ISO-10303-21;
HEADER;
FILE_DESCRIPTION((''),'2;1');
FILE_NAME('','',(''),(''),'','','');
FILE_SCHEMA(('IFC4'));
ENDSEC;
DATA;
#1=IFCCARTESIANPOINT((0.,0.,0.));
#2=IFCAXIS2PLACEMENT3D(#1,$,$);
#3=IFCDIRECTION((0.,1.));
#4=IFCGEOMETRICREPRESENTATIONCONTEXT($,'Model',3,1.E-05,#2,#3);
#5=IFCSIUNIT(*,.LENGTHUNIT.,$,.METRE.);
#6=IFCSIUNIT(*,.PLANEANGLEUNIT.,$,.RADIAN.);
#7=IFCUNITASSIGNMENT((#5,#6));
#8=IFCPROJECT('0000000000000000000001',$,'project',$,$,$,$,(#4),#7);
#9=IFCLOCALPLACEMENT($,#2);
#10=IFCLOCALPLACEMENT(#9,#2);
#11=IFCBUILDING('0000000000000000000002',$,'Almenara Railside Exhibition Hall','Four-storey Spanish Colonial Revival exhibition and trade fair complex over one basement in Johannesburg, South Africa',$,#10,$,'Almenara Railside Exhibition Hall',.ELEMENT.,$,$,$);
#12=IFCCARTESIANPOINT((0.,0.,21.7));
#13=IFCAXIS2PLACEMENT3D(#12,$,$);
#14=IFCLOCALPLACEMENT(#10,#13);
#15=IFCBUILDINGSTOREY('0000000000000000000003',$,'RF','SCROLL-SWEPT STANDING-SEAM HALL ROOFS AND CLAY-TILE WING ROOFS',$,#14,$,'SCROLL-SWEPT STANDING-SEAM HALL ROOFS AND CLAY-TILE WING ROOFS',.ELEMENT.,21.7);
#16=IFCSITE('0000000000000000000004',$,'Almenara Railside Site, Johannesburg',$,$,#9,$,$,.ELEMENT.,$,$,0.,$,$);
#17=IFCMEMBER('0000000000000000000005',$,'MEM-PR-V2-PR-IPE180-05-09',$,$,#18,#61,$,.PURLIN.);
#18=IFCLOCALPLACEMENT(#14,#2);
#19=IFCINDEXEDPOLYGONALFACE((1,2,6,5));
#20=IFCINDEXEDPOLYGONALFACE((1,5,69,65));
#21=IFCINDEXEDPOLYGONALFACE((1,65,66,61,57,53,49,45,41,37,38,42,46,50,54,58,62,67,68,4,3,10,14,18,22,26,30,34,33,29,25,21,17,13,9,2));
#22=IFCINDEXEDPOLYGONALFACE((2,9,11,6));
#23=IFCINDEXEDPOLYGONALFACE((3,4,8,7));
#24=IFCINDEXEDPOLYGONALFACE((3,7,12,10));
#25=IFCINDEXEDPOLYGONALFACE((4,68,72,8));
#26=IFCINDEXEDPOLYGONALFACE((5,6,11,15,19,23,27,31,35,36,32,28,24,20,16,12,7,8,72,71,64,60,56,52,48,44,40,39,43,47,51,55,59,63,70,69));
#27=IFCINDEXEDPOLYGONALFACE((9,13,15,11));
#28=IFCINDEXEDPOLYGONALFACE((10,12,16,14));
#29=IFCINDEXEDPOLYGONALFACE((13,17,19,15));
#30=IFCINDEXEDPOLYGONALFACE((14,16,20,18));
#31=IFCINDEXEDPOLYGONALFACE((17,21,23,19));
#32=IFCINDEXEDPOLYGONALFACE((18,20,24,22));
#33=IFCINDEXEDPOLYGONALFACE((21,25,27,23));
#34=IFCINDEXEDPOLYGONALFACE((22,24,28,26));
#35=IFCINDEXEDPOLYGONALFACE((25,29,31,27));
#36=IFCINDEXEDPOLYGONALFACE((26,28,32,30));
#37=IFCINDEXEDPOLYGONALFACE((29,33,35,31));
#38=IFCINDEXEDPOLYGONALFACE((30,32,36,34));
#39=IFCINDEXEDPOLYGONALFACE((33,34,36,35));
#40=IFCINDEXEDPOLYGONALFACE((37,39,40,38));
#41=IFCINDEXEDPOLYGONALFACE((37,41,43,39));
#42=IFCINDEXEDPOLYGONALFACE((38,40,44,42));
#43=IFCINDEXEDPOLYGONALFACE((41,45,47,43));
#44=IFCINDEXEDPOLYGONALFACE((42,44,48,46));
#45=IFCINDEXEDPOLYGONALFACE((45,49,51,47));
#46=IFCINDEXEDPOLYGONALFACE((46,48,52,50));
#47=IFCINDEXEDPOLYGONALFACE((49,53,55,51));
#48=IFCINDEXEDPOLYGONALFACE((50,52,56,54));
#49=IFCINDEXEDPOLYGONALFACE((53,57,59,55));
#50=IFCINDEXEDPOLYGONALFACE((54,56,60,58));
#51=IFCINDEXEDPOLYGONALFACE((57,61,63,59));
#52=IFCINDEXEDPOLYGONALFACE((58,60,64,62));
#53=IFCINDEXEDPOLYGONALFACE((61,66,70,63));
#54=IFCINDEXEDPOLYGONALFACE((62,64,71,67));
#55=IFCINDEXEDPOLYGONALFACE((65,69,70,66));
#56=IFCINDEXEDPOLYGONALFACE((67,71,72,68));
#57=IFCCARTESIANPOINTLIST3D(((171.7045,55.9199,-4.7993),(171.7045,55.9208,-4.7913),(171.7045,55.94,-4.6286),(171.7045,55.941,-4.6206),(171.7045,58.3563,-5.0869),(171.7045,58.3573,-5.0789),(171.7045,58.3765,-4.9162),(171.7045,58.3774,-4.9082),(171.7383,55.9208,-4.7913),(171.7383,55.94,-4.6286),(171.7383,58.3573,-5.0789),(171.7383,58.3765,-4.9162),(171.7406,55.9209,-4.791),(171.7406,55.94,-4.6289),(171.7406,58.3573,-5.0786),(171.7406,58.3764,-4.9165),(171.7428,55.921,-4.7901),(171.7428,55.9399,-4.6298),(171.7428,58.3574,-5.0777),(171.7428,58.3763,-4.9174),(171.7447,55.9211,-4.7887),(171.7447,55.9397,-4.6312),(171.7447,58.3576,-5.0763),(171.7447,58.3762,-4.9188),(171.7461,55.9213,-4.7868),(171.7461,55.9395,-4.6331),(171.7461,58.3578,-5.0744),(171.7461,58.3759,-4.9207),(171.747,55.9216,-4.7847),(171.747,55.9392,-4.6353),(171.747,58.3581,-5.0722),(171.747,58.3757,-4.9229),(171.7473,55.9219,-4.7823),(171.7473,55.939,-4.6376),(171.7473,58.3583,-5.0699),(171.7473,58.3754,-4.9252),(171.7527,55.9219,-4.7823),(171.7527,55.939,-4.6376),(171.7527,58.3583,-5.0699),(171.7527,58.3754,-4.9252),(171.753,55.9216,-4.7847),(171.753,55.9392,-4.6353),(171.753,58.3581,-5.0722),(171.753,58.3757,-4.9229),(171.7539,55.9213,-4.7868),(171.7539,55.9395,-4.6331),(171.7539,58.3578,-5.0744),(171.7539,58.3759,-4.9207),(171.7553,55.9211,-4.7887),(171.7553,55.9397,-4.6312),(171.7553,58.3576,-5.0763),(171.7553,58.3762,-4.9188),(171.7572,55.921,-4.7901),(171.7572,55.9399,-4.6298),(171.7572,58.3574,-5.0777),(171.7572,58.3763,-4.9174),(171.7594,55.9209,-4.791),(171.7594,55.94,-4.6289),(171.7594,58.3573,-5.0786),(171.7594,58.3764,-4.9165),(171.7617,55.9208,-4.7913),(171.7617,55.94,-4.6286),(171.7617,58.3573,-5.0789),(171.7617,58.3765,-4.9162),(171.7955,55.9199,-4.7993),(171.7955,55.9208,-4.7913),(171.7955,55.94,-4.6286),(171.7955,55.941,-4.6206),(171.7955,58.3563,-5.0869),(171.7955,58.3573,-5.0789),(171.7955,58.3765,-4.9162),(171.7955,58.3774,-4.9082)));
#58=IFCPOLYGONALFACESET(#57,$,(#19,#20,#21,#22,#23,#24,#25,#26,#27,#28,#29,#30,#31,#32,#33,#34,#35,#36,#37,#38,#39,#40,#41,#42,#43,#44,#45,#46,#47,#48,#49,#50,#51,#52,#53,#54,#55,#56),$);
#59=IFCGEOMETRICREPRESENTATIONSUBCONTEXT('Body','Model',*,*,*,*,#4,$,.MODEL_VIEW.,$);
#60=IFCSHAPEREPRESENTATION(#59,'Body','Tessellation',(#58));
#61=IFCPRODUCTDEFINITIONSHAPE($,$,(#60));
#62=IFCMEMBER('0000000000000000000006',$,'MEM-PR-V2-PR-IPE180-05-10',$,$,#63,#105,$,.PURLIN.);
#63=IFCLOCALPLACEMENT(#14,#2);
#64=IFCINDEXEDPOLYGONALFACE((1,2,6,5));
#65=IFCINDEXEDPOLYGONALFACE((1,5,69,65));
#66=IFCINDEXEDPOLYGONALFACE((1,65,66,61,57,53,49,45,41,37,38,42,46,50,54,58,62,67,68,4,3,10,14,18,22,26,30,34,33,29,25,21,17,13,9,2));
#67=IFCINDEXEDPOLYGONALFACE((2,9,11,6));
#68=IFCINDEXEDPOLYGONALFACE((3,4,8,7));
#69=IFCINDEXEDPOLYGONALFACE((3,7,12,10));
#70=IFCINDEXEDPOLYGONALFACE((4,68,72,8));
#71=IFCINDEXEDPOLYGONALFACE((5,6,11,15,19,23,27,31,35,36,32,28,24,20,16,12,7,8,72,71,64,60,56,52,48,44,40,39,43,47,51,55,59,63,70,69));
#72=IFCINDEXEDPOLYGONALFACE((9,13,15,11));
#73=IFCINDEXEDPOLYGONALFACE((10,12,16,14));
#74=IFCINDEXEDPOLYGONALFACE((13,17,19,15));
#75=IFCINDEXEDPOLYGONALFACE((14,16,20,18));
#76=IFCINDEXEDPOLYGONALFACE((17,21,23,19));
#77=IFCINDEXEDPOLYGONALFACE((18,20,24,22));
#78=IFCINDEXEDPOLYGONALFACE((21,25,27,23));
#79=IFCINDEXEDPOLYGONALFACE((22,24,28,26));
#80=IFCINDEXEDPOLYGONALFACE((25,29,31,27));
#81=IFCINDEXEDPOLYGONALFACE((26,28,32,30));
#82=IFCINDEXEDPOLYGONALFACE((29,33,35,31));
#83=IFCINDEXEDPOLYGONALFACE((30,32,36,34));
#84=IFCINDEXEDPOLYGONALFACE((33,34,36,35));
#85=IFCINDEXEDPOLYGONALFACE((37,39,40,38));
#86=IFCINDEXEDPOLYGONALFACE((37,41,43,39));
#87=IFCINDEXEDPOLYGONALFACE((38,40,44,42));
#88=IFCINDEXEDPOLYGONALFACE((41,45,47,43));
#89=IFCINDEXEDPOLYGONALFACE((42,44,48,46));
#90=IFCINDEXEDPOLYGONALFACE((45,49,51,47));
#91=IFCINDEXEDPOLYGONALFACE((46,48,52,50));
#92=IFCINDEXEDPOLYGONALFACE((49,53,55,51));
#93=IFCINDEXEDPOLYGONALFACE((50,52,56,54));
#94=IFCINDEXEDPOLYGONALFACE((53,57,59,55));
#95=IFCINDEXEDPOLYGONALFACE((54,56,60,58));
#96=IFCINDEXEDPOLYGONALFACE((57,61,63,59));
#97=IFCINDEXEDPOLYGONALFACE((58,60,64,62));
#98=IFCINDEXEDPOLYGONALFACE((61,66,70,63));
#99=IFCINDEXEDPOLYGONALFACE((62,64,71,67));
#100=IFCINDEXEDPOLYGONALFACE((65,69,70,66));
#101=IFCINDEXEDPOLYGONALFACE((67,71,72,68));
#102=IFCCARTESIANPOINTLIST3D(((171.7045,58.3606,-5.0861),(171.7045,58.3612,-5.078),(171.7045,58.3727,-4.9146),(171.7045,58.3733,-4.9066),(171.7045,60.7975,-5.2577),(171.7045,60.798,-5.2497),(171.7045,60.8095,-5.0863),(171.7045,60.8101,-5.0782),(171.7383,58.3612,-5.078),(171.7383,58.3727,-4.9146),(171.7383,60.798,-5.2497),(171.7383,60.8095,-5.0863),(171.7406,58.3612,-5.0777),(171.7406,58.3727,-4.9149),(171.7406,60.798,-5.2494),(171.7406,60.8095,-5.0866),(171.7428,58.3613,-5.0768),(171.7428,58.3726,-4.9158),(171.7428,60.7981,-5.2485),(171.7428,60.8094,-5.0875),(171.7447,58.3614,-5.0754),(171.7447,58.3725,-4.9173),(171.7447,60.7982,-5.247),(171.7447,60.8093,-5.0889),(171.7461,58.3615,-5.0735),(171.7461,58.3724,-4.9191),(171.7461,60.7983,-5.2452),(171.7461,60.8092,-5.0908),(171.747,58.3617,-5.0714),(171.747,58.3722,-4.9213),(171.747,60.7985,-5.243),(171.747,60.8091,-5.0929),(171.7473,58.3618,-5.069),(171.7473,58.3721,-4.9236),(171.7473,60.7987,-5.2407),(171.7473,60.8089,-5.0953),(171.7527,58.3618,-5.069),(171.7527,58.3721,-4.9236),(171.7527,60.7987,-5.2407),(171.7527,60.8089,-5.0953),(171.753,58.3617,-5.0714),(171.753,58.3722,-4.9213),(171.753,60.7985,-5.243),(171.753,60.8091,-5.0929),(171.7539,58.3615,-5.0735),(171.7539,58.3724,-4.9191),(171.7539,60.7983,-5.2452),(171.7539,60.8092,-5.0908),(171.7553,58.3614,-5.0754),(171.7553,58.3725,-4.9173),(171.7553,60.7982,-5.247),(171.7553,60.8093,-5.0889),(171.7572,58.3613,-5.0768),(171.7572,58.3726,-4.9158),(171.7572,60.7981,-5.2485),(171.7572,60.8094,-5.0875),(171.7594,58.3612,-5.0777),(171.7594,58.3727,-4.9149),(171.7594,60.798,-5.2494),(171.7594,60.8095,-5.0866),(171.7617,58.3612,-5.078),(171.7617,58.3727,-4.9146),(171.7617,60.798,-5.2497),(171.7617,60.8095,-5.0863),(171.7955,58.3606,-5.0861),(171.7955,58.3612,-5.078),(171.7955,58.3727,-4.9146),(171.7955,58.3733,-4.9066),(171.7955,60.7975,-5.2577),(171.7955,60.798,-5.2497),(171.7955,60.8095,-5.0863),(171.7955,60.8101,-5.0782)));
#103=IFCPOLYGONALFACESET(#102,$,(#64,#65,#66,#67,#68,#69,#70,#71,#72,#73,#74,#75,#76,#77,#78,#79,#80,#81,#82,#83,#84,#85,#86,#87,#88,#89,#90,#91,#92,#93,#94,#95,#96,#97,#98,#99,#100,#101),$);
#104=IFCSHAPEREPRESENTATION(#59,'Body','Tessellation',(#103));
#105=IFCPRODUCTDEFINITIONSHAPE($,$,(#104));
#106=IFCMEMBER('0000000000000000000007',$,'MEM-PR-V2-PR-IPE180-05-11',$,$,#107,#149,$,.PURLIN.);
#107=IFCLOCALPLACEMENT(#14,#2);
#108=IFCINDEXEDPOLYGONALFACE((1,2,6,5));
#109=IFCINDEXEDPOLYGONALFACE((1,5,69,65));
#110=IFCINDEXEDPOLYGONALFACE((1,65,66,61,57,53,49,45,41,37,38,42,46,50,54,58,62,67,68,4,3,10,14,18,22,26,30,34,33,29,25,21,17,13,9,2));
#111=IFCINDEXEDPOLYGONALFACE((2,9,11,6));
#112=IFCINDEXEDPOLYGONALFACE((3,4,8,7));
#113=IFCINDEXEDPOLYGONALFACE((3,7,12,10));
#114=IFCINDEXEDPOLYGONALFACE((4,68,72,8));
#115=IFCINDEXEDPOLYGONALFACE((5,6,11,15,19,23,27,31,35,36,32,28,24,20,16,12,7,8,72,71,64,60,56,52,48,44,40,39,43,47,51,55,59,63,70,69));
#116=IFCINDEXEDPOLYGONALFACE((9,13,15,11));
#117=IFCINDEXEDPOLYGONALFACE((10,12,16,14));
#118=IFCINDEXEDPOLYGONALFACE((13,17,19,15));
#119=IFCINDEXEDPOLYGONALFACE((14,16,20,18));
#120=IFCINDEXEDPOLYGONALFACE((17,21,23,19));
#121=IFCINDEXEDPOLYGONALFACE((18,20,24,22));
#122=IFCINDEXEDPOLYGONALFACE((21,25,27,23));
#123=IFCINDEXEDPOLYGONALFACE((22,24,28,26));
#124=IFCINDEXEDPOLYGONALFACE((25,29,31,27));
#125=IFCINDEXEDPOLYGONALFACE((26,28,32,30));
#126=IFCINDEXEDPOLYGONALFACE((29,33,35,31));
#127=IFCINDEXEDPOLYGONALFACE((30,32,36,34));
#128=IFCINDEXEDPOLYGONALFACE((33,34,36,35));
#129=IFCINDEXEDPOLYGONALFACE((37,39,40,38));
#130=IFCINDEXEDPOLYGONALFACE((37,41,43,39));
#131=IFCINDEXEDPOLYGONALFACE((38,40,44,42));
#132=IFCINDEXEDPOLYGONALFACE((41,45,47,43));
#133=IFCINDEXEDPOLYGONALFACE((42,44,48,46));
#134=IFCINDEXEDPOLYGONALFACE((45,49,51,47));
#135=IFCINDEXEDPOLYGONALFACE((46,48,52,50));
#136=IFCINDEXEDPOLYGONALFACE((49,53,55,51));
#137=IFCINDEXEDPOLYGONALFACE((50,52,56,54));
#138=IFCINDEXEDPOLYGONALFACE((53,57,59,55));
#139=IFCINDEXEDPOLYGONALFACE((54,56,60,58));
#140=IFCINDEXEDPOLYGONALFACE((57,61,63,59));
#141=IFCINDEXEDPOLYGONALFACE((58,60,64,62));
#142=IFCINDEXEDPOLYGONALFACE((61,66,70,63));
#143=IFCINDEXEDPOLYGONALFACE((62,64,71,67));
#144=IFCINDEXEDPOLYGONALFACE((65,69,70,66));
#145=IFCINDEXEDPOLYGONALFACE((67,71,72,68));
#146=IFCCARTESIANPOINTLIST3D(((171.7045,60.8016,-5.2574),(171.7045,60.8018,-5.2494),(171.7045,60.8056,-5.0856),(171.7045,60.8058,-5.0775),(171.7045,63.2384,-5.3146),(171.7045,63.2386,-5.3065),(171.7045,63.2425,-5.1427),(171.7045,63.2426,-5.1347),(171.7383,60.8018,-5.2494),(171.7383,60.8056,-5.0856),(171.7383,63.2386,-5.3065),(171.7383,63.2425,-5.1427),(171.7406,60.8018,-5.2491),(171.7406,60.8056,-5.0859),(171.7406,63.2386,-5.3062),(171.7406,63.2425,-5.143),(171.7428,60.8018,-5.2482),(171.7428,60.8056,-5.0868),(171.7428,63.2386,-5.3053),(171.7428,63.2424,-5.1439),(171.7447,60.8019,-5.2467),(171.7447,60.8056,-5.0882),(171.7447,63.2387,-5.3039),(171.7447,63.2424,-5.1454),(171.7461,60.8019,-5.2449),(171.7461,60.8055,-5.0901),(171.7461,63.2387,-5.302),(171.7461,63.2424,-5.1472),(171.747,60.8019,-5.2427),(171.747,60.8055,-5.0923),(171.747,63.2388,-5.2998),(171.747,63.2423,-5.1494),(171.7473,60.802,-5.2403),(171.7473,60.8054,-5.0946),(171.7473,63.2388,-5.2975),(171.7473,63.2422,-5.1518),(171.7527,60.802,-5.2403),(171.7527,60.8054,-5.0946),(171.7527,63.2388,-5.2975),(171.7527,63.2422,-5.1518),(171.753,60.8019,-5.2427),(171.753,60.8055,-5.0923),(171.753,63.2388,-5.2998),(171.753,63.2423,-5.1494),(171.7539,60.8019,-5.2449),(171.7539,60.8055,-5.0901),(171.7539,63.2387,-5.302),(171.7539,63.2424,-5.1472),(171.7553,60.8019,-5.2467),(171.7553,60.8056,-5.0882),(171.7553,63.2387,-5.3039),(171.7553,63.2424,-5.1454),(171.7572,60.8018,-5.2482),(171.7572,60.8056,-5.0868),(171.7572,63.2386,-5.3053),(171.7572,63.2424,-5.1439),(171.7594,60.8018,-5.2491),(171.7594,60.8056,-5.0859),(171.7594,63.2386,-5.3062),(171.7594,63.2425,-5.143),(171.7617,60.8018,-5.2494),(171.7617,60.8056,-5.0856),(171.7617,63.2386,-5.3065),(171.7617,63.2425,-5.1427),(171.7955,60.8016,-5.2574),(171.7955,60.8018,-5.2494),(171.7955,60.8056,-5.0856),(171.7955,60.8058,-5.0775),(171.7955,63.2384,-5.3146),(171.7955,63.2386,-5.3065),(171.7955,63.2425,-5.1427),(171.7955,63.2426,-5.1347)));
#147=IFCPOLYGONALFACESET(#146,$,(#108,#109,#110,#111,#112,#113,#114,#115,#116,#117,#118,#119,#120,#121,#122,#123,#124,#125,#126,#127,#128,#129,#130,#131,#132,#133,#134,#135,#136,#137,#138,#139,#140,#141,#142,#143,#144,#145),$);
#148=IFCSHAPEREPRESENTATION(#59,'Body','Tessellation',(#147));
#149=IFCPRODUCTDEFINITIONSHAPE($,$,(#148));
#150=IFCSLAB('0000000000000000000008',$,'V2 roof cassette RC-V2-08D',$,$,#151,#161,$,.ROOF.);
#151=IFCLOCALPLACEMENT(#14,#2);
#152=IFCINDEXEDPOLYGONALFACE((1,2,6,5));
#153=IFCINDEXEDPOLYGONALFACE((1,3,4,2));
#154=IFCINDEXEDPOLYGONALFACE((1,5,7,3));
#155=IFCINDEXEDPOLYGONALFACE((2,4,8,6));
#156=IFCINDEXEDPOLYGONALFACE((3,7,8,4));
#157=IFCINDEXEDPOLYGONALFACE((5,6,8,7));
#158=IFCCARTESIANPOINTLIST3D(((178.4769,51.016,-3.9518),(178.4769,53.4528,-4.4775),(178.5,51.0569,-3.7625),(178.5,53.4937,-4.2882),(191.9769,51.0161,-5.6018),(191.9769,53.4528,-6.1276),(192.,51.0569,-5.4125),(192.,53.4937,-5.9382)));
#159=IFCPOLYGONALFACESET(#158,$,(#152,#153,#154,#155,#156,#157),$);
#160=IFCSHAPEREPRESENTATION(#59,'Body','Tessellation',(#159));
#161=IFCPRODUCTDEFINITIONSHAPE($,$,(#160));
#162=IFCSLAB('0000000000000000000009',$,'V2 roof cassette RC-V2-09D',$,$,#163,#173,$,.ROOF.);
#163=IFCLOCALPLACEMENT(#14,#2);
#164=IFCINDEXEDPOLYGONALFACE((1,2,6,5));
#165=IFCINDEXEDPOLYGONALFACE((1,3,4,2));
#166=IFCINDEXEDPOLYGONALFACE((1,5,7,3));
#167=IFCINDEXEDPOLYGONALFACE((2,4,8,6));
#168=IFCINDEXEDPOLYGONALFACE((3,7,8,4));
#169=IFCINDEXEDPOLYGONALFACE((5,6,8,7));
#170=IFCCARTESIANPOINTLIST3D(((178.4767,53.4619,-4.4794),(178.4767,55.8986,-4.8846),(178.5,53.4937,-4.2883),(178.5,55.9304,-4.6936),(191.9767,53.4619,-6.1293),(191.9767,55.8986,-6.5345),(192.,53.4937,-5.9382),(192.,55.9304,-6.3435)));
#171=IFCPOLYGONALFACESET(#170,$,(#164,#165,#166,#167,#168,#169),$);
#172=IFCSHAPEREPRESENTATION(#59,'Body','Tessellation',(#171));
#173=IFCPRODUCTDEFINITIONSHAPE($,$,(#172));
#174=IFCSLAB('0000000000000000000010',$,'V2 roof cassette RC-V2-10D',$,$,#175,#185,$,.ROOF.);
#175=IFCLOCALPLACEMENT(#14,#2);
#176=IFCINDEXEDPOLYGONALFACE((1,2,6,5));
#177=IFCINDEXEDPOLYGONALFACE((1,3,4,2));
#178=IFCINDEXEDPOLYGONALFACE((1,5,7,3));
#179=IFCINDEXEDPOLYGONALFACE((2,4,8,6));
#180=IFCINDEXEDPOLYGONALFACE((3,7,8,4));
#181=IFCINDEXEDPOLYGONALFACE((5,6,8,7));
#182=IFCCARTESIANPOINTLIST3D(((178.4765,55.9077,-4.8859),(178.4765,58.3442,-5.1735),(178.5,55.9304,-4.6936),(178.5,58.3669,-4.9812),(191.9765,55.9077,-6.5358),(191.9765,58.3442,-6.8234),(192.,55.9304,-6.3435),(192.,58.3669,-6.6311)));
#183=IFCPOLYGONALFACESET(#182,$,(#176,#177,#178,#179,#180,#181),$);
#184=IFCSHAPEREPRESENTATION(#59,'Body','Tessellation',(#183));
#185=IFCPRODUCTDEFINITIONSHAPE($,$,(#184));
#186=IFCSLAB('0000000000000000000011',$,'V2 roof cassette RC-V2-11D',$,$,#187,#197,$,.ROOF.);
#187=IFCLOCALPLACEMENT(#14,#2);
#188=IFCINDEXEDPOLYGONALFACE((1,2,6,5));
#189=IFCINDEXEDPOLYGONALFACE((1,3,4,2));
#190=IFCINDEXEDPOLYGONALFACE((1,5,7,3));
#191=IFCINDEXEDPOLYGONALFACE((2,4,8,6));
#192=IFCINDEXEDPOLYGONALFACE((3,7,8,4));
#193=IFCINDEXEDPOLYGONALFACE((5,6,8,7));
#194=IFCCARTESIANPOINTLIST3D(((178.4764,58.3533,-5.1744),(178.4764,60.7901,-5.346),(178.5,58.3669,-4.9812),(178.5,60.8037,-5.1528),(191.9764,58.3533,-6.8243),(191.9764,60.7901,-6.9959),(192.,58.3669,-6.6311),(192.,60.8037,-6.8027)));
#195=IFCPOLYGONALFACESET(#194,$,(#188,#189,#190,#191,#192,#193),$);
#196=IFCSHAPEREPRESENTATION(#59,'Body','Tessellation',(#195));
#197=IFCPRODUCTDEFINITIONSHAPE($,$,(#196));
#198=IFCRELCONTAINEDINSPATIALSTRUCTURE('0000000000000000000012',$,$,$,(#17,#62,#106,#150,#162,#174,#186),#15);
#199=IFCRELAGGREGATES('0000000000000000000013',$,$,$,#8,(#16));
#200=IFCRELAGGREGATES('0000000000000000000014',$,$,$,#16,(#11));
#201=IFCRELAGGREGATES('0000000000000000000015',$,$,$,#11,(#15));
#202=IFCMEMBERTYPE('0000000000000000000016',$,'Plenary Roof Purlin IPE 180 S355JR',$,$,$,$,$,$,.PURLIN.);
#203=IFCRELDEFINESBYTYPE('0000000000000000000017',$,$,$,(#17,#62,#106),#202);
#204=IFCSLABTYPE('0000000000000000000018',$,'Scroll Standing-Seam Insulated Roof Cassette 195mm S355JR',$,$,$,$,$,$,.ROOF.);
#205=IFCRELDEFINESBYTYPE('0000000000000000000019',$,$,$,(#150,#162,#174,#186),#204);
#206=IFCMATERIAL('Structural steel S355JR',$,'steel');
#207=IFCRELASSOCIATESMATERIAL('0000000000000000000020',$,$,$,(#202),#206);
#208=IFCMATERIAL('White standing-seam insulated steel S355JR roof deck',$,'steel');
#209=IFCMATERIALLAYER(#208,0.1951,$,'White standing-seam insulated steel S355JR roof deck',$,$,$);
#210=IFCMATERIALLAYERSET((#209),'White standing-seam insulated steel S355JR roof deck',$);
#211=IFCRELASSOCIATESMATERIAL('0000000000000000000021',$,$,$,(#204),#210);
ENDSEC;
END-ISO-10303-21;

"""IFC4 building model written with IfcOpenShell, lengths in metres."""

from ifc_helpers import new_model, si_unit, direction, frame, origin, origin_2d, place, context, subcontext, project, spatial, polyline, i_section, outline, extrude, material, layer, layer_set, material_profile, profile_set, type_object, element, save


model = new_model("IFC4")

# Units and contexts
model_context = context("Model", 3, precision=1e-05, world=origin(), true_north=direction((0.0, 1.0)))
body_context = subcontext(model_context, "Body", "Model", "MODEL_VIEW")
ifc_project = project(units=[si_unit("LENGTHUNIT", "METRE"), si_unit("PLANEANGLEUNIT", "RADIAN")], contexts=[model_context])

# Site, building, storey
site_placement = place(None, origin())
site = spatial("IfcSite", under=ifc_project, at=site_placement, Name="Almenara Railside Site, Johannesburg", CompositionType="ELEMENT", RefElevation=0.0)
building_placement = place(site_placement, origin())
building = spatial("IfcBuilding", under=site, at=building_placement, Name="Almenara Railside Exhibition Hall", Description="Four-storey Spanish Colonial Revival exhibition and trade fair complex over one basement in Johannesburg, South Africa", LongName="Almenara Railside Exhibition Hall", CompositionType="ELEMENT")
storey_placement = place(building_placement, frame((0.0, 0.0, 21.7)))
storey = spatial("IfcBuildingStorey", under=building, at=storey_placement, Name="RF", Description="SCROLL-SWEPT STANDING-SEAM HALL ROOFS AND CLAY-TILE WING ROOFS", LongName="SCROLL-SWEPT STANDING-SEAM HALL ROOFS AND CLAY-TILE WING ROOFS", CompositionType="ELEMENT", Elevation=21.7)

# Members
ifc_material_1 = material(Name="Structural steel S355JR", Category="steel")
ifc_material_profile_1 = material_profile(ifc_material_1, i_section(OverallWidth=0.0911, OverallDepth=0.1799, WebThickness=0.0054, FlangeThickness=0.0081, FilletRadius=0.009, at=origin_2d()), Name="IPE 180")
ifc_profile_set_1 = profile_set([ifc_material_profile_1], Name="Structural steel S355JR")
member_type_1 = type_object("IfcMemberType", Name="Plenary Roof Purlin IPE 180 S355JR", PredefinedType="PURLIN", material=ifc_profile_set_1)
member_1_placement = place(storey_placement, frame((171.75, 55.9304, -4.71), z_axis=(0.0, 0.993106, -0.117222), x_axis=(-1.0, 0.0, 0.0)))
element("IfcMember", 1, at=member_1_placement, inside=storey, type_object=member_type_1, Name="MEM-PR-V2-PR-IPE180-05-09", PredefinedType="PURLIN", context=body_context, shape_type="SweptSolid", body=[
    extrude(i_section(OverallWidth=0.0911, OverallDepth=0.1799, WebThickness=0.0054, FlangeThickness=0.0081, FilletRadius=0.009, at=origin_2d()), origin(), (0.0, 0.0, 1.0), 2.4534),
])
member_2_placement = place(storey_placement, frame((171.75, 58.3669, -4.9963), z_axis=(0.0, 0.997529, -0.07026), x_axis=(-1.0, 0.0, 0.0)))
element("IfcMember", 2, at=member_2_placement, inside=storey, type_object=member_type_1, Name="MEM-PR-V2-PR-IPE180-05-10", PredefinedType="PURLIN", context=body_context, shape_type="SweptSolid", body=[
    extrude(i_section(OverallWidth=0.0911, OverallDepth=0.1799, WebThickness=0.0054, FlangeThickness=0.0081, FilletRadius=0.009, at=origin_2d()), origin(), (0.0, 0.0, 1.0), 2.4429),
])
member_3_placement = place(storey_placement, frame((171.75, 60.8037, -5.1675), z_axis=(0.0, 0.999725, -0.023438), x_axis=(-1.0, 0.0, 0.0)))
element("IfcMember", 3, at=member_3_placement, inside=storey, type_object=member_type_1, Name="MEM-PR-V2-PR-IPE180-05-11", PredefinedType="PURLIN", context=body_context, shape_type="SweptSolid", body=[
    extrude(i_section(OverallWidth=0.0911, OverallDepth=0.1799, WebThickness=0.0054, FlangeThickness=0.0081, FilletRadius=0.009, at=origin_2d()), origin(), (0.0, 0.0, 1.0), 2.4375),
])

# Slabs
ifc_material_2 = material(Name="White standing-seam insulated steel S355JR roof deck", Category="steel")
ifc_layer_1 = layer(ifc_material_2, 0.1951, Name="White standing-seam insulated steel S355JR roof deck")
ifc_layer_set_1 = layer_set([ifc_layer_1], Name="White standing-seam insulated steel S355JR roof deck")
slab_type = type_object("IfcSlabType", Name="Scroll Standing-Seam Insulated Roof Cassette 195mm S355JR", PredefinedType="ROOF", material=ifc_layer_set_1)
slab_1_placement = place(storey_placement, frame((178.5, 51.0569, -3.7625), z_axis=(0.118631, 0.209417, 0.970603), x_axis=(0.992613, 0.000002, -0.121322)))
element("IfcSlab", 4, at=slab_1_placement, inside=storey, type_object=slab_type, Name="V2 roof cassette RC-V2-08D", PredefinedType="ROOF", context=body_context, shape_type="SweptSolid", body=[
    extrude(outline(polyline([(0.0, 0.0), (13.6005, 0.0), (13.6643, 2.492), (0.0638, 2.4921), (0.0, 0.0)])), origin(), (0.0, 0.0, -1.0), 0.1951),
])
slab_2_placement = place(storey_placement, frame((178.5, 53.4937, -4.2883), z_axis=(0.119692, 0.162883, 0.979358), x_axis=(0.992614, 0.0, -0.121312)))
element("IfcSlab", 5, at=slab_2_placement, inside=storey, type_object=slab_type, Name="V2 roof cassette RC-V2-09D", PredefinedType="ROOF", context=body_context, shape_type="SweptSolid", body=[
    extrude(outline(polyline([(0.0, 0.0), (13.6004, 0.0), (13.6496, 2.4698), (0.0492, 2.4698), (0.0, 0.0)])), origin(), (0.0, 0.0, -1.0), 0.1951),
])
slab_3_placement = place(storey_placement, frame((178.5, 55.9304, -4.6936), z_axis=(0.120488, 0.116368, 0.985871), x_axis=(0.992614, 0.0, -0.121312)))
element("IfcSlab", 6, at=slab_3_placement, inside=storey, type_object=slab_type, Name="V2 roof cassette RC-V2-10D", PredefinedType="ROOF", context=body_context, shape_type="SweptSolid", body=[
    extrude(outline(polyline([(0.0, 0.0), (13.6004, 0.0), (13.6353, 2.4532), (0.0349, 2.4532), (0.0, 0.0)])), origin(), (0.0, 0.0, -1.0), 0.1951),
])
slab_4_placement = place(storey_placement, frame((178.5, 58.3669, -4.9812), z_axis=(0.121017, 0.069743, 0.990197), x_axis=(0.992614, 0.0, -0.121312)))
element("IfcSlab", 7, at=slab_4_placement, inside=storey, type_object=slab_type, Name="V2 roof cassette RC-V2-11D", PredefinedType="ROOF", context=body_context, shape_type="SweptSolid", body=[
    extrude(outline(polyline([(0.0, 0.0), (13.6004, 0.0), (13.6213, 2.4427), (0.0208, 2.4427), (0.0, 0.0)])), origin(), (0.0, 0.0, -1.0), 0.1951),
])

save(model, "model.ifc")
